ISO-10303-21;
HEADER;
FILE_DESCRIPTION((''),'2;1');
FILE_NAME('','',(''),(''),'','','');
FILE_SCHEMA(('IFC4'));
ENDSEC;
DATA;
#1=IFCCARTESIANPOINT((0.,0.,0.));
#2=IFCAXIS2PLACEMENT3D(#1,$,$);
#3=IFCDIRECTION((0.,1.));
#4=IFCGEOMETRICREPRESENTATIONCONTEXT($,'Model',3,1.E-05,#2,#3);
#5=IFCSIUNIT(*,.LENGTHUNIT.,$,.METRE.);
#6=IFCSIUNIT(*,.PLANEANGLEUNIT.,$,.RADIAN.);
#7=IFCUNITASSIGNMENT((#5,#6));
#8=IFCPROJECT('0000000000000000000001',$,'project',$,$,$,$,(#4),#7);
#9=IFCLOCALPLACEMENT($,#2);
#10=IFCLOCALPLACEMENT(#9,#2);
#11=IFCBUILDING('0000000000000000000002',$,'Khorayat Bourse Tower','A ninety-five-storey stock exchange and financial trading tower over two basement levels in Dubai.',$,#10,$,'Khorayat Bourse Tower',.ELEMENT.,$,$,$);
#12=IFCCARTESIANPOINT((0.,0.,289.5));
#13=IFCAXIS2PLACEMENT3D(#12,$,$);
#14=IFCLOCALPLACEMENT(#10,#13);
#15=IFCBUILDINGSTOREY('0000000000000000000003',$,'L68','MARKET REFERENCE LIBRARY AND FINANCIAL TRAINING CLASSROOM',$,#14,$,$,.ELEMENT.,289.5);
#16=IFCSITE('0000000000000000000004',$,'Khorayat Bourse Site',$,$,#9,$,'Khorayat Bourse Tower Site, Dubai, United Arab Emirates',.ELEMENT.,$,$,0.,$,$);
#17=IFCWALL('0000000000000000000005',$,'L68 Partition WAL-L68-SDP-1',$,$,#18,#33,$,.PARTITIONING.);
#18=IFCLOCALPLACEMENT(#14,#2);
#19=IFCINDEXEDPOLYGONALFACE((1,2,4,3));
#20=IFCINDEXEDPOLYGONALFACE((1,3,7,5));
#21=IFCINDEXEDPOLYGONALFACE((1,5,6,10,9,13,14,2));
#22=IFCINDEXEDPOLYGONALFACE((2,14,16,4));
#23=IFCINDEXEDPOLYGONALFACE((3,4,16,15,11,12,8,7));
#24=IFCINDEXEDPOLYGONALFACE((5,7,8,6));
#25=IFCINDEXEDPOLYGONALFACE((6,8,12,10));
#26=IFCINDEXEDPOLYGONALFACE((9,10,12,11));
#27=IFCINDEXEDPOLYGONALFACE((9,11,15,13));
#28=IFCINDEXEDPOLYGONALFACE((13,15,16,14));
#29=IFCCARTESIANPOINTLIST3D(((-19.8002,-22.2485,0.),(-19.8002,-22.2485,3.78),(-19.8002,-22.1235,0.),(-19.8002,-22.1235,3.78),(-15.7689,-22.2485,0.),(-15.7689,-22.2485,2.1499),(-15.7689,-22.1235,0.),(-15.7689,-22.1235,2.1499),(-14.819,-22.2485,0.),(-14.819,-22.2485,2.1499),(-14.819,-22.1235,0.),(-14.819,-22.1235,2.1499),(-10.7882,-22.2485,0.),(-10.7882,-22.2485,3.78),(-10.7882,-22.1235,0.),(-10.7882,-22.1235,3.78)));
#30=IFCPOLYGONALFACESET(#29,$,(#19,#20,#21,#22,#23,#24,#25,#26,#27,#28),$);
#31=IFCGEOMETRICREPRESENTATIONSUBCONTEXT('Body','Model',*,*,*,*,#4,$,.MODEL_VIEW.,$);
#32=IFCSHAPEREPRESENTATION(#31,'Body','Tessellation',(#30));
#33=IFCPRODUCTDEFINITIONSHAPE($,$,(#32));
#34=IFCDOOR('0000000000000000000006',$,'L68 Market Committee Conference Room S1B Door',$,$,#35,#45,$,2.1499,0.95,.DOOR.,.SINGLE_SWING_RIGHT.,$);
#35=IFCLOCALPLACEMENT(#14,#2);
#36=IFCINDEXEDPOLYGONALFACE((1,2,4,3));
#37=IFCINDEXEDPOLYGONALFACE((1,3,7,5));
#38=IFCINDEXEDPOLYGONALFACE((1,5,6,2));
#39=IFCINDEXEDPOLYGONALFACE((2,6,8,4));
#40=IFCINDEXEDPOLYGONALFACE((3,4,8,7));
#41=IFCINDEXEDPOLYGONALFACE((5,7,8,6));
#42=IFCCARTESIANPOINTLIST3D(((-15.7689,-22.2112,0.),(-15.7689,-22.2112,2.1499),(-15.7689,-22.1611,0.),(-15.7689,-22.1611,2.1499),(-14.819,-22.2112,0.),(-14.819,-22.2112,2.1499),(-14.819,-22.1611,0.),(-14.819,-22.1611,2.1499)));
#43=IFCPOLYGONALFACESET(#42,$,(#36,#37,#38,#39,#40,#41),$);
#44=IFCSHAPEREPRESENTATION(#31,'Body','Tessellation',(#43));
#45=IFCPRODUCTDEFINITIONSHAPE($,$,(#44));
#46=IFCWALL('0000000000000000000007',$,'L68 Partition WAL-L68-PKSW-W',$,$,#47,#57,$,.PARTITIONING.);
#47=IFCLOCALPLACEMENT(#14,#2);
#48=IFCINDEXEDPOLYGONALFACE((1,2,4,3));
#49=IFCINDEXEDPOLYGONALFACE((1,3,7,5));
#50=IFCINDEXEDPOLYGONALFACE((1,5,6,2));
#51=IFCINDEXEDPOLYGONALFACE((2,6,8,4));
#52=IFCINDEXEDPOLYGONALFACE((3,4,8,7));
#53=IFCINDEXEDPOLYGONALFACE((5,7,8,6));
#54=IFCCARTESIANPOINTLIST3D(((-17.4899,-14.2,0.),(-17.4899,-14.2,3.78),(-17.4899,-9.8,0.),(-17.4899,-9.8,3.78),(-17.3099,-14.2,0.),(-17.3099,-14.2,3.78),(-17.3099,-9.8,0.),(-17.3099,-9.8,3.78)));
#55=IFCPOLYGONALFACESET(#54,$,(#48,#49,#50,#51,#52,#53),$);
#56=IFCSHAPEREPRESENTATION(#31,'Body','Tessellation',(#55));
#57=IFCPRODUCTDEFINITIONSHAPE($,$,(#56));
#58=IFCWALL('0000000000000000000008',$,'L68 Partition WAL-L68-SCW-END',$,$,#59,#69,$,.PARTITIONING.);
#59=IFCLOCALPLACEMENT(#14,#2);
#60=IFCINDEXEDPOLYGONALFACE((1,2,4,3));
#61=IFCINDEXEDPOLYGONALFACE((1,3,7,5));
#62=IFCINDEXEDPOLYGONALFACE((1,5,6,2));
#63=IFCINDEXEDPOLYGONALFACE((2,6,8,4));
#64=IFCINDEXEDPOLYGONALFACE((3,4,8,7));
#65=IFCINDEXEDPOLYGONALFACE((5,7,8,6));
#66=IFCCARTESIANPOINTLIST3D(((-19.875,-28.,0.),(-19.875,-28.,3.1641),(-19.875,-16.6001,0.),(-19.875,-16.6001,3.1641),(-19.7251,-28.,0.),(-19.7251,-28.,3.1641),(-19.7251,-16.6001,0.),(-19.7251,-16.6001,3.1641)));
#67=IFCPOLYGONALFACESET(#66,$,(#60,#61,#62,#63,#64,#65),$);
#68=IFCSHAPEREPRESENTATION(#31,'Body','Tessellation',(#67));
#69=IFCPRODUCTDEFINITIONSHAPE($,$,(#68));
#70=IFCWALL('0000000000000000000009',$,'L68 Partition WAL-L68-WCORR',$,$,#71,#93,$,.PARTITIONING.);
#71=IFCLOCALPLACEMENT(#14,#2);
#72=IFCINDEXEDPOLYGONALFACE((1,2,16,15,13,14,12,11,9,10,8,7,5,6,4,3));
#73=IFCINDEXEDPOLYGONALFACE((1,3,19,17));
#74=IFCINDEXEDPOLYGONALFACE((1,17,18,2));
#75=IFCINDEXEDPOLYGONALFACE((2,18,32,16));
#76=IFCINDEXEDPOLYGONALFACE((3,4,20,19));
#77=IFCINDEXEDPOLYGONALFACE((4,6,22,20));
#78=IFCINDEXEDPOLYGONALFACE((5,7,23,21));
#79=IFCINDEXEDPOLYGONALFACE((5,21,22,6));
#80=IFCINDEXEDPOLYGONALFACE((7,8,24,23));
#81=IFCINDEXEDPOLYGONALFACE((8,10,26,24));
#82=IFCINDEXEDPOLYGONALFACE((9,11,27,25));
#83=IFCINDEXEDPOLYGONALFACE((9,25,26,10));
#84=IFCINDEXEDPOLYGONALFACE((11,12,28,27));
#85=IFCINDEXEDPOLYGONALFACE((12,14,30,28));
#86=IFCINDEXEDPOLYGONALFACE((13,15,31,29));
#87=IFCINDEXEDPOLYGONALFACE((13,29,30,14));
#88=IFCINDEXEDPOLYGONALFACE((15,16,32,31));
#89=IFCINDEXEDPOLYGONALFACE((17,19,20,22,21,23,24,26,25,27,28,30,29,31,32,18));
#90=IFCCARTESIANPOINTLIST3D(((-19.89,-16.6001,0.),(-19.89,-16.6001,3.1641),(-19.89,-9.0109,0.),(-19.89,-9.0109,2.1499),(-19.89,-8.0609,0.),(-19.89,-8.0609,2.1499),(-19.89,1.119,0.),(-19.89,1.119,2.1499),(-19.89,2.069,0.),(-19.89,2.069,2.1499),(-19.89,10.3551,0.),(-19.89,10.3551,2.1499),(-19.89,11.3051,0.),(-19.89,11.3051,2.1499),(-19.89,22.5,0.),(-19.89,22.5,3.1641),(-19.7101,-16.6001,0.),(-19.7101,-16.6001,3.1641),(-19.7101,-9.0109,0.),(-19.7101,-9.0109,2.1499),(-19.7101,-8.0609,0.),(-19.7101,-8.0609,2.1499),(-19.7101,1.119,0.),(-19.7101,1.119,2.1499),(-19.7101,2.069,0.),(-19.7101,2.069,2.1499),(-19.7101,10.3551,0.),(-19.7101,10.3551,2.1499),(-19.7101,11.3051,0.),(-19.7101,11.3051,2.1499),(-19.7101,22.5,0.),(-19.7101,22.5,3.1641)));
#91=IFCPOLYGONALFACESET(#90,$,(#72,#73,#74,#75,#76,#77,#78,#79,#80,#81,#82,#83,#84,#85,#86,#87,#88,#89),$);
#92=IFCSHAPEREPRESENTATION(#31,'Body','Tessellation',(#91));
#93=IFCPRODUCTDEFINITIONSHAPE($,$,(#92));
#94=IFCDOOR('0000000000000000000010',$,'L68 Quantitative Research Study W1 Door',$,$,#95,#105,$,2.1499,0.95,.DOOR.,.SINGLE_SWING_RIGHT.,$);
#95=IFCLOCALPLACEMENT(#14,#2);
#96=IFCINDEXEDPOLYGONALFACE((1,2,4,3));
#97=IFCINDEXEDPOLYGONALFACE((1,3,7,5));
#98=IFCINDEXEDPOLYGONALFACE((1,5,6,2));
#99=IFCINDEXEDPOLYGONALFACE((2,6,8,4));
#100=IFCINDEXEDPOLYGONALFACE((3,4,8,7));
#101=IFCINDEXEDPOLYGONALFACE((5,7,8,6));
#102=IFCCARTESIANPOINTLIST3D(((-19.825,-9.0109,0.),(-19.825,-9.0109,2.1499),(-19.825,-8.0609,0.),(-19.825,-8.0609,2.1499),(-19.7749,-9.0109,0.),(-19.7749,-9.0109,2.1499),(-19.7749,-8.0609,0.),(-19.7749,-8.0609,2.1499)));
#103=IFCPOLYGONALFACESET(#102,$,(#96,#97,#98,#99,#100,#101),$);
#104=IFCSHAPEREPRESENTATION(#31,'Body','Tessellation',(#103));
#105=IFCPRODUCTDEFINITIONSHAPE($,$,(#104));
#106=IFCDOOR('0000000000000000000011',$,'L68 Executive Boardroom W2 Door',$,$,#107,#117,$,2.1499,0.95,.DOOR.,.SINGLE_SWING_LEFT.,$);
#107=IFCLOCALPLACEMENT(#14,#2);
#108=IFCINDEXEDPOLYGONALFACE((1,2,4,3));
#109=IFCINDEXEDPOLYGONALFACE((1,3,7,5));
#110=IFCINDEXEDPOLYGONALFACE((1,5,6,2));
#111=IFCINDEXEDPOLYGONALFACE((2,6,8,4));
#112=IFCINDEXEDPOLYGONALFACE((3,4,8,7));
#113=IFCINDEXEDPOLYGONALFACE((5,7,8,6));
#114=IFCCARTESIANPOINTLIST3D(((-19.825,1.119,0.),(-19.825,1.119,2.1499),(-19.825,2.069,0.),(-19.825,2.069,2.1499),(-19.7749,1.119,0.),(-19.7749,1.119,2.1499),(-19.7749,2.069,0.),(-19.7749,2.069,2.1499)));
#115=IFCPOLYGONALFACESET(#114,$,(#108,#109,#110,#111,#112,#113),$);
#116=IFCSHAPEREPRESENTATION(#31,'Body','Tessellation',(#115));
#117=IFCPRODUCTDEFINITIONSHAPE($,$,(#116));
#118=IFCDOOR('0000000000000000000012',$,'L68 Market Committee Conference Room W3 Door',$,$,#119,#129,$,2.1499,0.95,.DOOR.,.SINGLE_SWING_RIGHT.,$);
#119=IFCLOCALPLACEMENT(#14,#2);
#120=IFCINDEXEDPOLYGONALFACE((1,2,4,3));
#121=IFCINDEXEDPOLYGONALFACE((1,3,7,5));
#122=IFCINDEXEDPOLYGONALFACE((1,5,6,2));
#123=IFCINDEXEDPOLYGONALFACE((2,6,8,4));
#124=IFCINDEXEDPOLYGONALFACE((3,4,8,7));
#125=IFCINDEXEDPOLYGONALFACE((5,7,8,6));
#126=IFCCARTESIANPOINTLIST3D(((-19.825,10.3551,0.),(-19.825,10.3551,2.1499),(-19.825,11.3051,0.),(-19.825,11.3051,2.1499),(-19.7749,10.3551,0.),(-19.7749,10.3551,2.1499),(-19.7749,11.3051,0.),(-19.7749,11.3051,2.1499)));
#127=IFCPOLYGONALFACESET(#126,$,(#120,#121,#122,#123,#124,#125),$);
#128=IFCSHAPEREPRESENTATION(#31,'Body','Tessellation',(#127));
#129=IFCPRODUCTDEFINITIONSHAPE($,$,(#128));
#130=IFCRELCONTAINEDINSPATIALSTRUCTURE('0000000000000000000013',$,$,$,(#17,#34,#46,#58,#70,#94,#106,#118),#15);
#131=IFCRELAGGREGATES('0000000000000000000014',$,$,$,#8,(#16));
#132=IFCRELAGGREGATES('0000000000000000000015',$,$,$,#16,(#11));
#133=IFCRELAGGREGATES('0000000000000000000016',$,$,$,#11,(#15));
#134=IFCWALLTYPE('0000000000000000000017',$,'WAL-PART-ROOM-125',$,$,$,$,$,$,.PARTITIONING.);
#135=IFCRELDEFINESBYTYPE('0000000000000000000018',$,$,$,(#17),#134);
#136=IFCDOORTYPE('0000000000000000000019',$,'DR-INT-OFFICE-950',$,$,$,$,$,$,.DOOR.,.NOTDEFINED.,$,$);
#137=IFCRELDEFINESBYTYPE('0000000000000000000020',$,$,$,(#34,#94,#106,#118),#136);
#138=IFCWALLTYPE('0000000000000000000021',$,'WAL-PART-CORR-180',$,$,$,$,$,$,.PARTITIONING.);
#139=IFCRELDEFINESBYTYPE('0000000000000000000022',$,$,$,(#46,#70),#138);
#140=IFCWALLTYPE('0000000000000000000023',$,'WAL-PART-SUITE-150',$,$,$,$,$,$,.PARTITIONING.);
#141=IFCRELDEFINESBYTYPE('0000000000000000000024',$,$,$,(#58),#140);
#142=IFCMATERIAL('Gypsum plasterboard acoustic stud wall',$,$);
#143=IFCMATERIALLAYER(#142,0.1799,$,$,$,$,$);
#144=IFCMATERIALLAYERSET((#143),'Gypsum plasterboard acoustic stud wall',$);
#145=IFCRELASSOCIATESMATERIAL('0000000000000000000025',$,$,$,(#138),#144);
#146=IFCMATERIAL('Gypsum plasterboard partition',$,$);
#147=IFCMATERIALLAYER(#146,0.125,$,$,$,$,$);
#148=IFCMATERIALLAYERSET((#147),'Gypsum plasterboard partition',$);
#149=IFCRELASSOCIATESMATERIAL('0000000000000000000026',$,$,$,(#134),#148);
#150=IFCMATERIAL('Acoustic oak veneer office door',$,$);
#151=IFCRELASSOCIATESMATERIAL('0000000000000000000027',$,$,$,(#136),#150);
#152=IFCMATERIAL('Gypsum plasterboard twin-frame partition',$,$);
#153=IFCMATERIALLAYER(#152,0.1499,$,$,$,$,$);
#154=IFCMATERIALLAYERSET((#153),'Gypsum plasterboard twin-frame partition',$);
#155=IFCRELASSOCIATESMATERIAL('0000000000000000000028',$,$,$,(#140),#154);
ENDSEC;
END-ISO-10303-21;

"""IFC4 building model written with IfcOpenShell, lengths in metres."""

from ifc_helpers import new_model, si_unit, direction, frame, frame_2d, origin, place, context, subcontext, project, spatial, rectangle, extrude, source, transform, mapped, material, layer, layer_set, type_object, element, fill, save


model = new_model("IFC4")

# Units and contexts
model_context = context("Model", 3, precision=1e-05, world=origin(), true_north=direction((0.0, 1.0)))
body_context = subcontext(model_context, "Body", "Model", "MODEL_VIEW")
ifc_project = project(units=[si_unit("LENGTHUNIT", "METRE"), si_unit("PLANEANGLEUNIT", "RADIAN")], contexts=[model_context])

# Site, building, storey
site_placement = place(None, origin())
site = spatial("IfcSite", under=ifc_project, at=site_placement, Name="Khorayat Bourse Site", LongName="Khorayat Bourse Tower Site, Dubai, United Arab Emirates", CompositionType="ELEMENT", RefElevation=0.0)
building_placement = place(site_placement, origin())
building = spatial("IfcBuilding", under=site, at=building_placement, Name="Khorayat Bourse Tower", Description="A ninety-five-storey stock exchange and financial trading tower over two basement levels in Dubai.", LongName="Khorayat Bourse Tower", CompositionType="ELEMENT")
storey_placement = place(building_placement, frame((0.0, 0.0, 289.5)))
storey = spatial("IfcBuildingStorey", under=building, at=storey_placement, Name="L68", Description="MARKET REFERENCE LIBRARY AND FINANCIAL TRAINING CLASSROOM", CompositionType="ELEMENT", Elevation=289.5)

# Shared definitions
ifc_material_1 = material(Name="Gypsum plasterboard acoustic stud wall")
ifc_layer_1 = layer(ifc_material_1, 0.1799)
ifc_layer_set_1 = layer_set([ifc_layer_1], Name="Gypsum plasterboard acoustic stud wall")
wall_type_1 = type_object("IfcWallType", Name="WAL-PART-CORR-180", PredefinedType="PARTITIONING", material=ifc_layer_set_1)

# Wall, opening, door
ifc_material_2 = material(Name="Gypsum plasterboard partition")
ifc_layer_2 = layer(ifc_material_2, 0.125)
ifc_layer_set_2 = layer_set([ifc_layer_2], Name="Gypsum plasterboard partition")
wall_type_2 = type_object("IfcWallType", Name="WAL-PART-ROOM-125", PredefinedType="PARTITIONING", material=ifc_layer_set_2)
shared_shape_1 = source(origin(), body_context, "Body", "SweptSolid", [
    extrude(rectangle(XDim=9.012, YDim=0.125, at=frame_2d((4.5059, 0.0))), origin(), (0.0, 0.0, 1.0), 3.78),
])
wall_1_placement = place(storey_placement, frame((-19.8, -22.186, 0.0), z_axis=(0.0, 0.0, 1.0), x_axis=(1.0, 0.0, 0.0)))
wall_1 = element("IfcWall", 1, at=wall_1_placement, inside=storey, type_object=wall_type_2, Name="L68 Partition WAL-L68-SDP-1", PredefinedType="PARTITIONING", context=body_context, shape_type="MappedRepresentation", body=[
    mapped(shared_shape_1, transform((0.0, 0.0, 0.0), scale=1.0)),
])
shared_shape_2 = source(origin(), body_context, "Body", "SweptSolid", [
    extrude(rectangle(XDim=0.95, YDim=2.1499, at=frame_2d((0.4751, 1.075))), frame((0.0, 0.0725, 0.0), z_axis=(0.0, -1.0, 0.0), x_axis=(1.0, 0.0, 0.0)), (0.0, 0.0, 1.0), 0.145),
])
opening_1_placement = place(wall_1_placement, frame((4.031, 0.0, 0.0)))
opening_1 = element("IfcOpeningElement", 2, at=opening_1_placement, cuts=wall_1, PredefinedType="OPENING", context=body_context, shape_type="MappedRepresentation", body=[
    mapped(shared_shape_2, transform((0.0, 0.0, 0.0), scale=1.0)),
])
ifc_material_3 = material(Name="Acoustic oak veneer office door")
door_type_1 = type_object("IfcDoorType", Name="DR-INT-OFFICE-950", OperationType="NOTDEFINED", PredefinedType="DOOR", material=ifc_material_3)
shared_shape_3 = source(origin(), body_context, "Body", "SweptSolid", [
    extrude(rectangle(XDim=0.95, YDim=2.1499, at=frame_2d((0.4751, 1.075))), frame((0.0, 0.0249, 0.0), z_axis=(0.0, -1.0, 0.0), x_axis=(1.0, 0.0, 0.0)), (0.0, 0.0, 1.0), 0.05),
])
door_1_placement = place(opening_1_placement, origin())
door_1 = element("IfcDoor", 3, at=door_1_placement, inside=storey, type_object=door_type_1, Name="L68 Market Committee Conference Room S1B Door", OperationType="SINGLE_SWING_RIGHT", OverallHeight=2.1499, OverallWidth=0.95, PredefinedType="DOOR", context=body_context, shape_type="MappedRepresentation", body=[
    mapped(shared_shape_3, transform((0.0, 0.0, 0.0), scale=1.0)),
])
fill(opening_1, door_1)

# Walls
shared_shape_4 = source(origin(), body_context, "Body", "SweptSolid", [
    extrude(rectangle(XDim=4.3999, YDim=0.1799, at=frame_2d((2.2, 0.0))), origin(), (0.0, 0.0, 1.0), 3.78),
])
wall_2_placement = place(storey_placement, frame((-17.3999, -14.2, 0.0), z_axis=(0.0, 0.0, 1.0), x_axis=(0.0, 1.0, 0.0)))
element("IfcWall", 4, at=wall_2_placement, inside=storey, type_object=wall_type_1, Name="L68 Partition WAL-L68-PKSW-W", PredefinedType="PARTITIONING", context=body_context, shape_type="MappedRepresentation", body=[
    mapped(shared_shape_4, transform((0.0, 0.0, 0.0), scale=1.0)),
])
ifc_material_4 = material(Name="Gypsum plasterboard twin-frame partition")
ifc_layer_3 = layer(ifc_material_4, 0.1499)
ifc_layer_set_3 = layer_set([ifc_layer_3], Name="Gypsum plasterboard twin-frame partition")
wall_type_3 = type_object("IfcWallType", Name="WAL-PART-SUITE-150", PredefinedType="PARTITIONING", material=ifc_layer_set_3)
shared_shape_5 = source(origin(), body_context, "Body", "SweptSolid", [
    extrude(rectangle(XDim=11.3999, YDim=0.1499, at=frame_2d((5.7, 0.0))), origin(), (0.0, 0.0, 1.0), 3.1641),
])
wall_3_placement = place(storey_placement, frame((-19.8, -28.0, 0.0), z_axis=(0.0, 0.0, 1.0), x_axis=(0.0, 1.0, 0.0)))
element("IfcWall", 5, at=wall_3_placement, inside=storey, type_object=wall_type_3, Name="L68 Partition WAL-L68-SCW-END", PredefinedType="PARTITIONING", context=body_context, shape_type="MappedRepresentation", body=[
    mapped(shared_shape_5, transform((0.0, 0.0, 0.0), scale=1.0)),
])

# Wall, openings, doors
shared_shape_6 = source(origin(), body_context, "Body", "SweptSolid", [
    extrude(rectangle(XDim=39.1001, YDim=0.1799, at=frame_2d((19.55, 0.0))), origin(), (0.0, 0.0, 1.0), 3.1641),
])
wall_4_placement = place(storey_placement, frame((-19.8, -16.6001, 0.0), z_axis=(0.0, 0.0, 1.0), x_axis=(0.0, 1.0, 0.0)))
wall_4 = element("IfcWall", 6, at=wall_4_placement, inside=storey, type_object=wall_type_1, Name="L68 Partition WAL-L68-WCORR", PredefinedType="PARTITIONING", context=body_context, shape_type="MappedRepresentation", body=[
    mapped(shared_shape_6, transform((0.0, 0.0, 0.0), scale=1.0)),
])
shared_shape_7 = source(origin(), body_context, "Body", "SweptSolid", [
    extrude(rectangle(XDim=0.95, YDim=2.1499, at=frame_2d((0.4751, 1.075))), frame((0.0, 0.0999, 0.0), z_axis=(0.0, -1.0, 0.0), x_axis=(1.0, 0.0, 0.0)), (0.0, 0.0, 1.0), 0.2),
])
opening_2_placement = place(wall_4_placement, frame((7.5891, 0.0, 0.0)))
opening_2 = element("IfcOpeningElement", 7, at=opening_2_placement, cuts=wall_4, PredefinedType="OPENING", context=body_context, shape_type="MappedRepresentation", body=[
    mapped(shared_shape_7, transform((0.0, 0.0, 0.0), scale=1.0)),
])
opening_3_placement = place(wall_4_placement, frame((17.719, 0.0, 0.0)))
opening_3 = element("IfcOpeningElement", 8, at=opening_3_placement, cuts=wall_4, PredefinedType="OPENING", context=body_context, shape_type="MappedRepresentation", body=[
    mapped(shared_shape_7, transform((0.0, 0.0, 0.0), scale=1.0)),
])
opening_4_placement = place(wall_4_placement, frame((26.9551, 0.0, 0.0)))
opening_4 = element("IfcOpeningElement", 9, at=opening_4_placement, cuts=wall_4, PredefinedType="OPENING", context=body_context, shape_type="MappedRepresentation", body=[
    mapped(shared_shape_7, transform((0.0, 0.0, 0.0), scale=1.0)),
])
door_2_placement = place(opening_2_placement, origin())
door_2 = element("IfcDoor", 10, at=door_2_placement, inside=storey, type_object=door_type_1, Name="L68 Quantitative Research Study W1 Door", OperationType="SINGLE_SWING_RIGHT", OverallHeight=2.1499, OverallWidth=0.95, PredefinedType="DOOR", context=body_context, shape_type="MappedRepresentation", body=[
    mapped(shared_shape_3, transform((0.0, 0.0, 0.0), scale=1.0)),
])
fill(opening_2, door_2)
door_3_placement = place(opening_3_placement, origin())
door_3 = element("IfcDoor", 11, at=door_3_placement, inside=storey, type_object=door_type_1, Name="L68 Executive Boardroom W2 Door", OperationType="SINGLE_SWING_LEFT", OverallHeight=2.1499, OverallWidth=0.95, PredefinedType="DOOR", context=body_context, shape_type="MappedRepresentation", body=[
    mapped(shared_shape_3, transform((0.0, 0.0, 0.0), scale=1.0)),
])
fill(opening_3, door_3)
door_4_placement = place(opening_4_placement, origin())
door_4 = element("IfcDoor", 12, at=door_4_placement, inside=storey, type_object=door_type_1, Name="L68 Market Committee Conference Room W3 Door", OperationType="SINGLE_SWING_RIGHT", OverallHeight=2.1499, OverallWidth=0.95, PredefinedType="DOOR", context=body_context, shape_type="MappedRepresentation", body=[
    mapped(shared_shape_3, transform((0.0, 0.0, 0.0), scale=1.0)),
])
fill(opening_4, door_4)

save(model, "model.ifc")
